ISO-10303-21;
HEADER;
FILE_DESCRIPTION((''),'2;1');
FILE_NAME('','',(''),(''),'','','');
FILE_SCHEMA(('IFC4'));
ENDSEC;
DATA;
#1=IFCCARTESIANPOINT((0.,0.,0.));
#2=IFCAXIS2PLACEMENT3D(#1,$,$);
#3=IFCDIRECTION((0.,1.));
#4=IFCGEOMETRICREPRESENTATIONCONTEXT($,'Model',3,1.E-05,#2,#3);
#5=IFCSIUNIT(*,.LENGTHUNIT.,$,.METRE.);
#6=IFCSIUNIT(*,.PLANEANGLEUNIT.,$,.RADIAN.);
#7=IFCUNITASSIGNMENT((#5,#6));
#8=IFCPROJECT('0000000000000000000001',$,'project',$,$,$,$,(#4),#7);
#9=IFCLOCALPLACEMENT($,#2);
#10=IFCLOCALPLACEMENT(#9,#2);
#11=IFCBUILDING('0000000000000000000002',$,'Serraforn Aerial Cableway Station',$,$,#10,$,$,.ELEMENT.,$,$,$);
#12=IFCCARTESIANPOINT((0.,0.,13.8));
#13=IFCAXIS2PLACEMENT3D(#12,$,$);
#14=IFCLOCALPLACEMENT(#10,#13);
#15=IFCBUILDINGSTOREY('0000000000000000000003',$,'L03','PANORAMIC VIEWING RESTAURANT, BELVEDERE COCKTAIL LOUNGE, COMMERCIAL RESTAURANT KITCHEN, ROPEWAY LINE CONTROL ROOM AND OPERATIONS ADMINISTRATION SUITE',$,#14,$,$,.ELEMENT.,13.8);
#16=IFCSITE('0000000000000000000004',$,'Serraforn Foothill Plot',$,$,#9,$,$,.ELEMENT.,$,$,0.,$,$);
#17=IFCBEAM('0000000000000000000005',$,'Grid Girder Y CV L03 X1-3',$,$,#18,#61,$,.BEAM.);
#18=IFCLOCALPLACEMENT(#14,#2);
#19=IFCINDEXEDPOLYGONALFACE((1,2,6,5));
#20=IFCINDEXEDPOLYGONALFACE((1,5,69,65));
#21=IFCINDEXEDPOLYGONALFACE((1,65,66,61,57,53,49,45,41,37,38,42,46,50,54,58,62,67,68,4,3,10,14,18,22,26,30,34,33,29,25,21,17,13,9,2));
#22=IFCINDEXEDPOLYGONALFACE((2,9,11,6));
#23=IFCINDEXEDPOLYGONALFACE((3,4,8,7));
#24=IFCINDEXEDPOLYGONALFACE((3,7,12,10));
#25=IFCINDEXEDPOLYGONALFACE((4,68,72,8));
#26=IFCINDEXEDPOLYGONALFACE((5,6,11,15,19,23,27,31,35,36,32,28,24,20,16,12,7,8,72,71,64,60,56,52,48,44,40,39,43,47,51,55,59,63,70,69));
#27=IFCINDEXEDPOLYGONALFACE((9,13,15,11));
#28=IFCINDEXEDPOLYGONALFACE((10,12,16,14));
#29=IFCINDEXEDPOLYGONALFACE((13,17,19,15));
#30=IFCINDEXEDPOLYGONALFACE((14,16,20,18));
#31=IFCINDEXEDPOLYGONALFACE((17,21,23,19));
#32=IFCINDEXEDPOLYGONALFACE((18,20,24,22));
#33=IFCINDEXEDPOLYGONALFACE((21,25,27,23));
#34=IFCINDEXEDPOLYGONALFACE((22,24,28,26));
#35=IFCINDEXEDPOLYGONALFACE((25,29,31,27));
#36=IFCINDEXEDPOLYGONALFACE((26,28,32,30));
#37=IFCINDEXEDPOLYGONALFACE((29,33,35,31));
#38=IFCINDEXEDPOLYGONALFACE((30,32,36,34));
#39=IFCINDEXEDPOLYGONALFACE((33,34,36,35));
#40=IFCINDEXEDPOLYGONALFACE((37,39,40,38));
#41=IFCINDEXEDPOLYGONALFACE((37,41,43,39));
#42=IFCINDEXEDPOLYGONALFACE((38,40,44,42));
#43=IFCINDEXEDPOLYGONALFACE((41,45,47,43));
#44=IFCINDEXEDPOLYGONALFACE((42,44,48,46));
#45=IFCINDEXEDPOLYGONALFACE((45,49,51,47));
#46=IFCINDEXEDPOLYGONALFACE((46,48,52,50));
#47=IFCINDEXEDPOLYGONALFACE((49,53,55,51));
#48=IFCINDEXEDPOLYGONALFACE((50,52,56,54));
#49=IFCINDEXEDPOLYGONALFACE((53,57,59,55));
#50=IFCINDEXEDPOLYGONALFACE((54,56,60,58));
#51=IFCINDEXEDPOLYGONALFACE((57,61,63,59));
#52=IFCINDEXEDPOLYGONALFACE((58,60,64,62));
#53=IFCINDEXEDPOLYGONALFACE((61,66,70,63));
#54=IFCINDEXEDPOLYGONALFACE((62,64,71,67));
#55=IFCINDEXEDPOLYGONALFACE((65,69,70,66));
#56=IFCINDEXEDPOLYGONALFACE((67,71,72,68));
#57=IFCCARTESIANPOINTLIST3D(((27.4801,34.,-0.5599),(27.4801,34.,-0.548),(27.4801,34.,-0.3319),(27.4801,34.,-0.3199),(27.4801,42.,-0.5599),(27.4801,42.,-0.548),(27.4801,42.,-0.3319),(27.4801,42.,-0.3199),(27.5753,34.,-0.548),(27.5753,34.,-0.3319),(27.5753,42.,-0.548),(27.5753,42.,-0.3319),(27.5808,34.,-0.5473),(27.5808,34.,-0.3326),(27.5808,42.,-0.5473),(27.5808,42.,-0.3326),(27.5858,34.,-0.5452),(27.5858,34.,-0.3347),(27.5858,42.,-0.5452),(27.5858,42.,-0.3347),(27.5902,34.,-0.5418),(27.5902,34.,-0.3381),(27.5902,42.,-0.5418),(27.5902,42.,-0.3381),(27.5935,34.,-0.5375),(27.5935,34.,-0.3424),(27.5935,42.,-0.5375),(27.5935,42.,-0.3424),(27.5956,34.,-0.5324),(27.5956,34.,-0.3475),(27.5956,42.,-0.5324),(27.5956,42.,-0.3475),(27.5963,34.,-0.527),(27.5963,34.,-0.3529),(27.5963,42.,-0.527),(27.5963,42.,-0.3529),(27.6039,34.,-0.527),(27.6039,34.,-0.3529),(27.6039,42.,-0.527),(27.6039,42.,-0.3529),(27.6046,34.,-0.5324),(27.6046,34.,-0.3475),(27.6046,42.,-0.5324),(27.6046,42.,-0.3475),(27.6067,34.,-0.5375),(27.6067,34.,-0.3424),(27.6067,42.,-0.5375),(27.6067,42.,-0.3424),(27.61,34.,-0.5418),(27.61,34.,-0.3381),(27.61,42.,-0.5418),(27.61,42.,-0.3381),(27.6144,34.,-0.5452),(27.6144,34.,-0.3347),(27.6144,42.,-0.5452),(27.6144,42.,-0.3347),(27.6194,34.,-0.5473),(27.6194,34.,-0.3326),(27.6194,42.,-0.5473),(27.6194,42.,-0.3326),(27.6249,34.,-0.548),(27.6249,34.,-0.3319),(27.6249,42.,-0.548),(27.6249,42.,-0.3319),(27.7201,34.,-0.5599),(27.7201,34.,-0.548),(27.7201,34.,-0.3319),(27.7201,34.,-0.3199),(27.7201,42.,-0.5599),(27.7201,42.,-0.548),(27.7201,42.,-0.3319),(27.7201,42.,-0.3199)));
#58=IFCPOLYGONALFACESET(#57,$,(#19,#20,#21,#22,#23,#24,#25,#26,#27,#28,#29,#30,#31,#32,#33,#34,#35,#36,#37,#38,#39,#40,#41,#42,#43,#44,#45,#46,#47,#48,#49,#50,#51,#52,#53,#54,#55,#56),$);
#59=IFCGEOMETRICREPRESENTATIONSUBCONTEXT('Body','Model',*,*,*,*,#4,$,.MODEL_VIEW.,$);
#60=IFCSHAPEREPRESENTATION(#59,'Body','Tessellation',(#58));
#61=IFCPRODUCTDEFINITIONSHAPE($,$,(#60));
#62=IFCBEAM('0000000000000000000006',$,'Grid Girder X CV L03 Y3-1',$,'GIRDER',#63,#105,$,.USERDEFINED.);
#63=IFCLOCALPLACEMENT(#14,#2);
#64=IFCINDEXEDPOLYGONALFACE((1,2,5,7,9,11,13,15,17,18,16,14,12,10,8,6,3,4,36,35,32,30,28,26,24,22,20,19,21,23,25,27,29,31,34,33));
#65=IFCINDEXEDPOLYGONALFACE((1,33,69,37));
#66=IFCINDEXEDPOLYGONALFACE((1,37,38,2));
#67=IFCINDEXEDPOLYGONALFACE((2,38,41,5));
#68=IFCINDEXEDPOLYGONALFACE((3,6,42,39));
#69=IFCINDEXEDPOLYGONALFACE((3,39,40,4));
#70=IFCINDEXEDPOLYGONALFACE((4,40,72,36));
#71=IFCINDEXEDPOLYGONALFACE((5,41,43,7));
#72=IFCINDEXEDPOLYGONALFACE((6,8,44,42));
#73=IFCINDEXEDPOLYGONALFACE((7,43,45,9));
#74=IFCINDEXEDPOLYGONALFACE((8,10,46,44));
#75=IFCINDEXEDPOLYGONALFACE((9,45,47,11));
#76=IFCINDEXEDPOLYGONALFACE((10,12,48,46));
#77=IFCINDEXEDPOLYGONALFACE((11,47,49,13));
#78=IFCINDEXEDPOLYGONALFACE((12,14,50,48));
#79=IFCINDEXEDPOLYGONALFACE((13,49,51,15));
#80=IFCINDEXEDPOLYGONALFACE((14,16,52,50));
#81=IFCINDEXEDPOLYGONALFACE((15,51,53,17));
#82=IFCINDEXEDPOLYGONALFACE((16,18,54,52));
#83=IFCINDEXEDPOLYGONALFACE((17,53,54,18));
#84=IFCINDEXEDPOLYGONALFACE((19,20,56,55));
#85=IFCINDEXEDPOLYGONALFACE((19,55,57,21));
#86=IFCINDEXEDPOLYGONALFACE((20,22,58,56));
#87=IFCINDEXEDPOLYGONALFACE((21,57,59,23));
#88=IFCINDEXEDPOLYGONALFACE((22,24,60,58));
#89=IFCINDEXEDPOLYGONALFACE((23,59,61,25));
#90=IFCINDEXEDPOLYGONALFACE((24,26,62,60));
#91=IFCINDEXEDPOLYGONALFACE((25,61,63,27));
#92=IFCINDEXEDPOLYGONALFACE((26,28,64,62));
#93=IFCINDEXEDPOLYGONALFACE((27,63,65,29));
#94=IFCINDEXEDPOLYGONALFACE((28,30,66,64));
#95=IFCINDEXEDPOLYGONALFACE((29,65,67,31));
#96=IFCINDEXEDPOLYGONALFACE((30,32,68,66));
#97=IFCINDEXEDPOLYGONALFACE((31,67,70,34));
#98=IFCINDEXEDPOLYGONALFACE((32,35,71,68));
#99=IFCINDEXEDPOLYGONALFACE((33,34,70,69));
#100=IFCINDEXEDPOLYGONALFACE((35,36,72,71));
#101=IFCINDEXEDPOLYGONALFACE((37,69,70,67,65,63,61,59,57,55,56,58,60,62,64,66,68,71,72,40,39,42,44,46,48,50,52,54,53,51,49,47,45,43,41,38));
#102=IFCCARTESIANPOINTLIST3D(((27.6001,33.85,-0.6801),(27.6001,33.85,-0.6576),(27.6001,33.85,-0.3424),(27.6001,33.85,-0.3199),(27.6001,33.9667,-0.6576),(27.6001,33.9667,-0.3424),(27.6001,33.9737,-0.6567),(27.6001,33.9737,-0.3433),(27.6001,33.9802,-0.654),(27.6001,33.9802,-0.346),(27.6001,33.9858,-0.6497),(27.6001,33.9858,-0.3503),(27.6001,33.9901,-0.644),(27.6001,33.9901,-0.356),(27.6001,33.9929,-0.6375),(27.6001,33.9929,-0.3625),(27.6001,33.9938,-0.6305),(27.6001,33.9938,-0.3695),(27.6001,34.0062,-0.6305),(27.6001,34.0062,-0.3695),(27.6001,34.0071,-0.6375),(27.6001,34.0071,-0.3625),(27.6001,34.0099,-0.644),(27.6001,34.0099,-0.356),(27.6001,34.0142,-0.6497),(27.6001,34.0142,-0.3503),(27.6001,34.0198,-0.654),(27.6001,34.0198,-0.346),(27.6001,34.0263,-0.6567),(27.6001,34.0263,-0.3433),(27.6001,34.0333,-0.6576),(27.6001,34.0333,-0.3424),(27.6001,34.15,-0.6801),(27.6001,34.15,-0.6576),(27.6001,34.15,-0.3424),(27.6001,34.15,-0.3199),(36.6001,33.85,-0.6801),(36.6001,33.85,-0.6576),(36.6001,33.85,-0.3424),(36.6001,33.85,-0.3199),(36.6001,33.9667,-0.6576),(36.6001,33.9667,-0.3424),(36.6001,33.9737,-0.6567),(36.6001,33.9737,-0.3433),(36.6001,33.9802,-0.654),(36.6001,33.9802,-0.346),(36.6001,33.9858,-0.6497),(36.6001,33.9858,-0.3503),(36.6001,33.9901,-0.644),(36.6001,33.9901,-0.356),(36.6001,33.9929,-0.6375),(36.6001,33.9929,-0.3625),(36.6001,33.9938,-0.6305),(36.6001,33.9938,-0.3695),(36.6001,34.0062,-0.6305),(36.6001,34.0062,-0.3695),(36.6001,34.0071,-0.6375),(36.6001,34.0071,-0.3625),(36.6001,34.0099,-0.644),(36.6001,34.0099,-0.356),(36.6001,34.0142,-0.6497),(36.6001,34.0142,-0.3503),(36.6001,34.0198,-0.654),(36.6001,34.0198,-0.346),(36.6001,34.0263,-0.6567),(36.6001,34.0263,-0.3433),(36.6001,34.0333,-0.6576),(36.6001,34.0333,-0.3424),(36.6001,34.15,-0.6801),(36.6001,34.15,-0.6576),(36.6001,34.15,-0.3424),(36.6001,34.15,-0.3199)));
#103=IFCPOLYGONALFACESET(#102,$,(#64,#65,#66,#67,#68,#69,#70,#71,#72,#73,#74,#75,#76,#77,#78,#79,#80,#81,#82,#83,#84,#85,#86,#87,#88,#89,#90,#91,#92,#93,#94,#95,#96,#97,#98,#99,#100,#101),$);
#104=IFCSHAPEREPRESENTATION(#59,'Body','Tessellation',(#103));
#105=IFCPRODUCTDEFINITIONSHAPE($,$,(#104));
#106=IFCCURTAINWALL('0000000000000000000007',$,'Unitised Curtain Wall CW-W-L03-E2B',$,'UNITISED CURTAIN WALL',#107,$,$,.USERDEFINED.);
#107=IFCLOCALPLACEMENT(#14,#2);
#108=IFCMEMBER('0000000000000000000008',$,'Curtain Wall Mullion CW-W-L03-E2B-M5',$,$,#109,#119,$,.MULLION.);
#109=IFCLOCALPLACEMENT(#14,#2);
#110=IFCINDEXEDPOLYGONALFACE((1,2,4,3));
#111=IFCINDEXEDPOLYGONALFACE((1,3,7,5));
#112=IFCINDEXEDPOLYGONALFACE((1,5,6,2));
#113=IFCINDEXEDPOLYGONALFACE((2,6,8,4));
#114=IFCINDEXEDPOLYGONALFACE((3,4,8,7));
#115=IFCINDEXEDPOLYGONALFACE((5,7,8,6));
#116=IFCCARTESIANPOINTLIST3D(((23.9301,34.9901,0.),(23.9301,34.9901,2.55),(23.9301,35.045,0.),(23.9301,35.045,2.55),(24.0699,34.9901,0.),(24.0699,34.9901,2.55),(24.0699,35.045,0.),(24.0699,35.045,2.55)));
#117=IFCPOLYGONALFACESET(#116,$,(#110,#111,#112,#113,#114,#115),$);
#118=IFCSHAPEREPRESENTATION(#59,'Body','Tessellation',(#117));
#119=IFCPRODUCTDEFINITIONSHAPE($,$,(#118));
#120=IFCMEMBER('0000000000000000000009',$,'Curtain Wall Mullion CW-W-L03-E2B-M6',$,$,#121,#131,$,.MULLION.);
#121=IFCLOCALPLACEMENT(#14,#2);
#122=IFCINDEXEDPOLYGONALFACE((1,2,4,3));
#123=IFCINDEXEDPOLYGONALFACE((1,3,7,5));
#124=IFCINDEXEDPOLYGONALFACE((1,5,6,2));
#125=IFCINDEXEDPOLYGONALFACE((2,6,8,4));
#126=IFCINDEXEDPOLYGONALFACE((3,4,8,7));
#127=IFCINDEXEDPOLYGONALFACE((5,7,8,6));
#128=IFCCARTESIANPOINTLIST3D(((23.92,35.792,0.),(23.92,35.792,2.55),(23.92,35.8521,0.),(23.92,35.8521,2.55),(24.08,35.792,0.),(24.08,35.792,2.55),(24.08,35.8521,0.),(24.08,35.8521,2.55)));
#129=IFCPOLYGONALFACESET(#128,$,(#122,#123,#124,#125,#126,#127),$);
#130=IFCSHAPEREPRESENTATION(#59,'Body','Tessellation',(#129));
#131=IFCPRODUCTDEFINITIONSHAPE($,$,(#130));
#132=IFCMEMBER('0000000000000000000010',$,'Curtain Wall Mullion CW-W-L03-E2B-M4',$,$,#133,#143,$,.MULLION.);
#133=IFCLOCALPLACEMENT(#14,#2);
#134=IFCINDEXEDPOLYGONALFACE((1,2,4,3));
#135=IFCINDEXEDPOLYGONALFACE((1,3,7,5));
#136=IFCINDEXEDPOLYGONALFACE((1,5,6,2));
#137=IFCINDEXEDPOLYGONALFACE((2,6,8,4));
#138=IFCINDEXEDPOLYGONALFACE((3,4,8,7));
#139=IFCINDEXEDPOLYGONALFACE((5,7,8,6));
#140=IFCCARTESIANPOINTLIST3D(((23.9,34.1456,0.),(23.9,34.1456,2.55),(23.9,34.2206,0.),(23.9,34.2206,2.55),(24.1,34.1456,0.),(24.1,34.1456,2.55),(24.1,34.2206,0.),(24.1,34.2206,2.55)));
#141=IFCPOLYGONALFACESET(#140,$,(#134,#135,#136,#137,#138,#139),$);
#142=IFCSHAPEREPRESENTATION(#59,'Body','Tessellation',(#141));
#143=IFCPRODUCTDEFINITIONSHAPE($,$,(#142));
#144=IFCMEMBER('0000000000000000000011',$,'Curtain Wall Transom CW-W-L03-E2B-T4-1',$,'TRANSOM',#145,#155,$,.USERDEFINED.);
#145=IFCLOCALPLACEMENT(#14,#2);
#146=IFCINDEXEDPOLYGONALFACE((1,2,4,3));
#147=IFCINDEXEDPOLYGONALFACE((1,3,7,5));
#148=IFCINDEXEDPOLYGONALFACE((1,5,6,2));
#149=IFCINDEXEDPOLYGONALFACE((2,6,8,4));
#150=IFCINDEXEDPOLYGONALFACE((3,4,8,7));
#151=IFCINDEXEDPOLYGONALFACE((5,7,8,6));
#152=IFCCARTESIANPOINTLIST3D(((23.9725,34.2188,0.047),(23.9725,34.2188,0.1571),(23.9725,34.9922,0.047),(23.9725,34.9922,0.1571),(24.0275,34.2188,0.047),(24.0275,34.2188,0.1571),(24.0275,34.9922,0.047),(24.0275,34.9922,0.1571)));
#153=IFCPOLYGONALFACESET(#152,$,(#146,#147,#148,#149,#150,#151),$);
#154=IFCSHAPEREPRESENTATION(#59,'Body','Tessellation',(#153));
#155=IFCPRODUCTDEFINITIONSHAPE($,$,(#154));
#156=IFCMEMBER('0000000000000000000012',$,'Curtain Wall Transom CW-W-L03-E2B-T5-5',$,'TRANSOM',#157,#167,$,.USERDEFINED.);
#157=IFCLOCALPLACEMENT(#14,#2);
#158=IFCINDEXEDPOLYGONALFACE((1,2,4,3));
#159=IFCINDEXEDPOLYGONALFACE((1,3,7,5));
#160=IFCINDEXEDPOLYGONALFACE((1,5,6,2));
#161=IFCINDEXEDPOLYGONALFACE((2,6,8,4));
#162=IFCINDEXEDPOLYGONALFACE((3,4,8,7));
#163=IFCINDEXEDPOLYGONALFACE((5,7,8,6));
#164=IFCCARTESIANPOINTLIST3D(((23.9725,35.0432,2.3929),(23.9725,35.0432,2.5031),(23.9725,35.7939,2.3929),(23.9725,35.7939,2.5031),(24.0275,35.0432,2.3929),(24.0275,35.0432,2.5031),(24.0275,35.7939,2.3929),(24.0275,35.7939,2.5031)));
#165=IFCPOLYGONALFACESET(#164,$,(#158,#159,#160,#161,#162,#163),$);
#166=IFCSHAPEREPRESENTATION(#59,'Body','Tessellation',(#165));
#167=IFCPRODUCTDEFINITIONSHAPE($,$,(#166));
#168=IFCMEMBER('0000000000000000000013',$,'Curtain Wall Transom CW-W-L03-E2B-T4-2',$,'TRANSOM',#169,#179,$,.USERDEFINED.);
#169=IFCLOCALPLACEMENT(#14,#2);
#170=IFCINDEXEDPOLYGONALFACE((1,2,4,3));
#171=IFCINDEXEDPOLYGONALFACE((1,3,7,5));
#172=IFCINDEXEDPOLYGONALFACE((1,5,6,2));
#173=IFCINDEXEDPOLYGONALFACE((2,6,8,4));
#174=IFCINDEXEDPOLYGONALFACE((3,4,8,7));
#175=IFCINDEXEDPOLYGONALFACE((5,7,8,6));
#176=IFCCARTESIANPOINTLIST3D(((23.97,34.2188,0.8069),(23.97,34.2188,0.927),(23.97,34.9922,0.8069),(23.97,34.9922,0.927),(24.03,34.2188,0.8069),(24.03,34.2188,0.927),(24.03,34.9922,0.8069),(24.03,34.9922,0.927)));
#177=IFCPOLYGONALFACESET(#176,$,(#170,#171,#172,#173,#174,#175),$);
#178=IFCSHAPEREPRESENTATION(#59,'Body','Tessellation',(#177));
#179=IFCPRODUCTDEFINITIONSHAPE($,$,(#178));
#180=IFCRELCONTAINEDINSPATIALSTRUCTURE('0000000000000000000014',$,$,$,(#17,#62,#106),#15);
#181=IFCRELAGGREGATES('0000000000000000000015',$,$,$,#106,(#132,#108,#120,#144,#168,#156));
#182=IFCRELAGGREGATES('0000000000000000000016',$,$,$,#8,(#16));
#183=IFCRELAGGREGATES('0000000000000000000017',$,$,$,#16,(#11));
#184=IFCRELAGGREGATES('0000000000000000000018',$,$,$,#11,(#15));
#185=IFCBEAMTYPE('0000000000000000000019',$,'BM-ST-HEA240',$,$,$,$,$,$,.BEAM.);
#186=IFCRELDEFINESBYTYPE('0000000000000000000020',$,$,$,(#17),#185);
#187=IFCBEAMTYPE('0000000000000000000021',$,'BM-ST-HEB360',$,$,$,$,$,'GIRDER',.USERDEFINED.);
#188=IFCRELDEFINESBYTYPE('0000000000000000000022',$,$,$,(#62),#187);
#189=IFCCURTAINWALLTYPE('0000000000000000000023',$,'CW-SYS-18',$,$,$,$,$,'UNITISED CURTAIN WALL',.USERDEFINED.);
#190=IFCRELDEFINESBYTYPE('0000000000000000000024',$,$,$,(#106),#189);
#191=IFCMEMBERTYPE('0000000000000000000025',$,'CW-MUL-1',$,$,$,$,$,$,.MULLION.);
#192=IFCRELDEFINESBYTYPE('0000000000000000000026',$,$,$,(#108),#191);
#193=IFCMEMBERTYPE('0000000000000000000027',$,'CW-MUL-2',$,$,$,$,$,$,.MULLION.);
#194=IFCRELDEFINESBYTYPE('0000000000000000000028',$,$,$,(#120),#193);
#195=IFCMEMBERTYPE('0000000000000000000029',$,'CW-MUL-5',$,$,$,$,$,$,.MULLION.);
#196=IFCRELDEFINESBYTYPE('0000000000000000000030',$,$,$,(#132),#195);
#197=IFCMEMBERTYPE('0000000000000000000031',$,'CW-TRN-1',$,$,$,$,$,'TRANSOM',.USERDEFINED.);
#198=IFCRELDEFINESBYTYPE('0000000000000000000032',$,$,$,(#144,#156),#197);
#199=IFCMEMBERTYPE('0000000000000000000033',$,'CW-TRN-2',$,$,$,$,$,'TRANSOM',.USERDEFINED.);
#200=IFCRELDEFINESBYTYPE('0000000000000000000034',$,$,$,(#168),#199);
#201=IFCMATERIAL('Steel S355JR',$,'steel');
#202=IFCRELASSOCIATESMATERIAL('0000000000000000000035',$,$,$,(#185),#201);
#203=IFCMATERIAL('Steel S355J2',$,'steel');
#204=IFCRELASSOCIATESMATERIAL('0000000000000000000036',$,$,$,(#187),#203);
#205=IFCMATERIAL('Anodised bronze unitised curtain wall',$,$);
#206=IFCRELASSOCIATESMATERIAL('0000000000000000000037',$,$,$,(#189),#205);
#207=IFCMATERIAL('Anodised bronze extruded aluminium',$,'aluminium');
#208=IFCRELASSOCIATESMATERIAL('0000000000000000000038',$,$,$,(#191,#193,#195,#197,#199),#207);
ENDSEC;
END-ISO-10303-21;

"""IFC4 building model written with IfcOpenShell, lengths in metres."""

from ifc_helpers import new_model, si_unit, direction, frame, origin, origin_2d, place, context, subcontext, project, spatial, rectangle, i_section, extrude, material, material_profile, profile_set, type_object, element, aggregate, save


model = new_model("IFC4")

# Units and contexts
model_context = context("Model", 3, precision=1e-05, world=origin(), true_north=direction((0.0, 1.0)))
body_context = subcontext(model_context, "Body", "Model", "MODEL_VIEW")
ifc_project = project(units=[si_unit("LENGTHUNIT", "METRE"), si_unit("PLANEANGLEUNIT", "RADIAN")], contexts=[model_context])

# Site, building, storey
site_placement = place(None, origin())
site = spatial("IfcSite", under=ifc_project, at=site_placement, Name="Serraforn Foothill Plot", CompositionType="ELEMENT", RefElevation=0.0)
building_placement = place(site_placement, origin())
building = spatial("IfcBuilding", under=site, at=building_placement, Name="Serraforn Aerial Cableway Station", CompositionType="ELEMENT")
storey_placement = place(building_placement, frame((0.0, 0.0, 13.8)))
storey = spatial("IfcBuildingStorey", under=building, at=storey_placement, Name="L03", Description="PANORAMIC VIEWING RESTAURANT, BELVEDERE COCKTAIL LOUNGE, COMMERCIAL RESTAURANT KITCHEN, ROPEWAY LINE CONTROL ROOM AND OPERATIONS ADMINISTRATION SUITE", CompositionType="ELEMENT", Elevation=13.8)

# Beams
ifc_material_1 = material(Name="Steel S355JR", Category="steel")
ifc_material_profile_1 = material_profile(ifc_material_1, i_section(OverallWidth=0.24, OverallDepth=0.24, WebThickness=0.0076, FlangeThickness=0.012, FilletRadius=0.021, at=origin_2d()), Name="HEA 240")
ifc_profile_set_1 = profile_set([ifc_material_profile_1], Name="Steel S355JR")
beam_type_1 = type_object("IfcBeamType", Name="BM-ST-HEA240", PredefinedType="BEAM", material=ifc_profile_set_1)
beam_1_placement = place(storey_placement, frame((27.6001, 34.0, -0.4399), z_axis=(0.0, 1.0, 0.0), x_axis=(-1.0, 0.0, 0.0)))
element("IfcBeam", 1, at=beam_1_placement, inside=storey, type_object=beam_type_1, Name="Grid Girder Y CV L03 X1-3", PredefinedType="BEAM", context=body_context, shape_type="SweptSolid", body=[
    extrude(i_section(OverallWidth=0.24, OverallDepth=0.24, WebThickness=0.0076, FlangeThickness=0.012, FilletRadius=0.021, at=origin_2d()), origin(), (0.0, 0.0, 1.0), 8.0),
])
ifc_material_2 = material(Name="Steel S355J2", Category="steel")
ifc_material_profile_2 = material_profile(ifc_material_2, i_section(OverallWidth=0.3, OverallDepth=0.3601, WebThickness=0.0125, FlangeThickness=0.0225, FilletRadius=0.0271, at=origin_2d()), Name="HEB 360")
ifc_profile_set_2 = profile_set([ifc_material_profile_2], Name="Steel S355J2")
beam_type_2 = type_object("IfcBeamType", Name="BM-ST-HEB360", ElementType="GIRDER", PredefinedType="USERDEFINED", material=ifc_profile_set_2)
beam_2_placement = place(storey_placement, frame((27.6001, 34.0, -0.5), z_axis=(1.0, 0.0, 0.0), x_axis=(0.0, 1.0, 0.0)))
element("IfcBeam", 2, at=beam_2_placement, inside=storey, type_object=beam_type_2, Name="Grid Girder X CV L03 Y3-1", ObjectType="GIRDER", PredefinedType="USERDEFINED", context=body_context, shape_type="SweptSolid", body=[
    extrude(i_section(OverallWidth=0.3, OverallDepth=0.3601, WebThickness=0.0125, FlangeThickness=0.0225, FilletRadius=0.0271, at=origin_2d()), origin(), (0.0, 0.0, 1.0), 9.0),
])

# Curtain wall, members
ifc_material_3 = material(Name="Anodised bronze unitised curtain wall")
curtain_wall_type = type_object("IfcCurtainWallType", Name="CW-SYS-18", ElementType="UNITISED CURTAIN WALL", PredefinedType="USERDEFINED", material=ifc_material_3)
curtain_wall_placement = place(storey_placement, origin())
curtain_wall = element("IfcCurtainWall", 3, at=curtain_wall_placement, inside=storey, type_object=curtain_wall_type, Name="Unitised Curtain Wall CW-W-L03-E2B", ObjectType="UNITISED CURTAIN WALL", PredefinedType="USERDEFINED")
ifc_material_4 = material(Name="Anodised bronze extruded aluminium", Category="aluminium")
ifc_material_profile_3 = material_profile(ifc_material_4, rectangle(XDim=0.0549, YDim=0.1399, at=origin_2d()), Name="CW MULLION 55x140")
ifc_profile_set_3 = profile_set([ifc_material_profile_3], Name="Anodised bronze extruded aluminium")
member_type_1 = type_object("IfcMemberType", Name="CW-MUL-1", PredefinedType="MULLION", material=ifc_profile_set_3)
member_1_placement = place(storey_placement, frame((24.0, 35.0176, 0.0), z_axis=(0.0, 0.0, 1.0), x_axis=(0.0, 1.0, 0.0)))
member_1 = element("IfcMember", 4, at=member_1_placement, type_object=member_type_1, Name="Curtain Wall Mullion CW-W-L03-E2B-M5", PredefinedType="MULLION", context=body_context, shape_type="SweptSolid", body=[
    extrude(rectangle(XDim=0.0549, YDim=0.1399, at=origin_2d()), origin(), (0.0, 0.0, 1.0), 2.55),
])
ifc_material_profile_4 = material_profile(ifc_material_4, rectangle(XDim=0.0601, YDim=0.1599, at=origin_2d()), Name="CW MULLION 60x160")
ifc_profile_set_4 = profile_set([ifc_material_profile_4], Name="Anodised bronze extruded aluminium")
member_type_2 = type_object("IfcMemberType", Name="CW-MUL-2", PredefinedType="MULLION", material=ifc_profile_set_4)
member_2_placement = place(storey_placement, frame((24.0, 35.822, 0.0), z_axis=(0.0, 0.0, 1.0), x_axis=(0.0, 1.0, 0.0)))
member_2 = element("IfcMember", 5, at=member_2_placement, type_object=member_type_2, Name="Curtain Wall Mullion CW-W-L03-E2B-M6", PredefinedType="MULLION", context=body_context, shape_type="SweptSolid", body=[
    extrude(rectangle(XDim=0.0601, YDim=0.1599, at=origin_2d()), origin(), (0.0, 0.0, 1.0), 2.55),
])
ifc_material_profile_5 = material_profile(ifc_material_4, rectangle(XDim=0.075, YDim=0.2, at=origin_2d()), Name="CW MULLION 75x200")
ifc_profile_set_5 = profile_set([ifc_material_profile_5], Name="Anodised bronze extruded aluminium")
member_type_3 = type_object("IfcMemberType", Name="CW-MUL-5", PredefinedType="MULLION", material=ifc_profile_set_5)
member_3_placement = place(storey_placement, frame((24.0, 34.1831, 0.0), z_axis=(0.0, 0.0, 1.0), x_axis=(0.0, 1.0, 0.0)))
member_3 = element("IfcMember", 6, at=member_3_placement, type_object=member_type_3, Name="Curtain Wall Mullion CW-W-L03-E2B-M4", PredefinedType="MULLION", context=body_context, shape_type="SweptSolid", body=[
    extrude(rectangle(XDim=0.075, YDim=0.2, at=origin_2d()), origin(), (0.0, 0.0, 1.0), 2.55),
])
ifc_material_profile_6 = material_profile(ifc_material_4, rectangle(XDim=0.0549, YDim=0.1101, at=origin_2d()), Name="CW TRANSOM 55x110")
ifc_profile_set_6 = profile_set([ifc_material_profile_6], Name="Anodised bronze extruded aluminium")
member_type_4 = type_object("IfcMemberType", Name="CW-TRN-1", ElementType="TRANSOM", PredefinedType="USERDEFINED", material=ifc_profile_set_6)
member_4_placement = place(storey_placement, frame((24.0, 34.2188, 0.1021), z_axis=(0.0, 1.0, 0.0), x_axis=(-1.0, 0.0, 0.0)))
member_4 = element("IfcMember", 7, at=member_4_placement, type_object=member_type_4, Name="Curtain Wall Transom CW-W-L03-E2B-T4-1", ObjectType="TRANSOM", PredefinedType="USERDEFINED", context=body_context, shape_type="SweptSolid", body=[
    extrude(rectangle(XDim=0.0549, YDim=0.1101, at=origin_2d()), origin(), (0.0, 0.0, 1.0), 0.7734),
])
member_5_placement = place(storey_placement, frame((24.0, 35.0432, 2.448), z_axis=(0.0, 1.0, 0.0), x_axis=(-1.0, 0.0, 0.0)))
member_5 = element("IfcMember", 8, at=member_5_placement, type_object=member_type_4, Name="Curtain Wall Transom CW-W-L03-E2B-T5-5", ObjectType="TRANSOM", PredefinedType="USERDEFINED", context=body_context, shape_type="SweptSolid", body=[
    extrude(rectangle(XDim=0.0549, YDim=0.1101, at=origin_2d()), origin(), (0.0, 0.0, 1.0), 0.7507),
])
ifc_material_profile_7 = material_profile(ifc_material_4, rectangle(XDim=0.0601, YDim=0.1201, at=origin_2d()), Name="CW TRANSOM 60x120")
ifc_profile_set_7 = profile_set([ifc_material_profile_7], Name="Anodised bronze extruded aluminium")
member_type_5 = type_object("IfcMemberType", Name="CW-TRN-2", ElementType="TRANSOM", PredefinedType="USERDEFINED", material=ifc_profile_set_7)
member_6_placement = place(storey_placement, frame((24.0, 34.2188, 0.8669), z_axis=(0.0, 1.0, 0.0), x_axis=(-1.0, 0.0, 0.0)))
member_6 = element("IfcMember", 9, at=member_6_placement, type_object=member_type_5, Name="Curtain Wall Transom CW-W-L03-E2B-T4-2", ObjectType="TRANSOM", PredefinedType="USERDEFINED", context=body_context, shape_type="SweptSolid", body=[
    extrude(rectangle(XDim=0.0601, YDim=0.1201, at=origin_2d()), origin(), (0.0, 0.0, 1.0), 0.7734),
])
aggregate(curtain_wall, [member_3, member_1, member_2, member_4, member_6, member_5])

save(model, "model.ifc")
